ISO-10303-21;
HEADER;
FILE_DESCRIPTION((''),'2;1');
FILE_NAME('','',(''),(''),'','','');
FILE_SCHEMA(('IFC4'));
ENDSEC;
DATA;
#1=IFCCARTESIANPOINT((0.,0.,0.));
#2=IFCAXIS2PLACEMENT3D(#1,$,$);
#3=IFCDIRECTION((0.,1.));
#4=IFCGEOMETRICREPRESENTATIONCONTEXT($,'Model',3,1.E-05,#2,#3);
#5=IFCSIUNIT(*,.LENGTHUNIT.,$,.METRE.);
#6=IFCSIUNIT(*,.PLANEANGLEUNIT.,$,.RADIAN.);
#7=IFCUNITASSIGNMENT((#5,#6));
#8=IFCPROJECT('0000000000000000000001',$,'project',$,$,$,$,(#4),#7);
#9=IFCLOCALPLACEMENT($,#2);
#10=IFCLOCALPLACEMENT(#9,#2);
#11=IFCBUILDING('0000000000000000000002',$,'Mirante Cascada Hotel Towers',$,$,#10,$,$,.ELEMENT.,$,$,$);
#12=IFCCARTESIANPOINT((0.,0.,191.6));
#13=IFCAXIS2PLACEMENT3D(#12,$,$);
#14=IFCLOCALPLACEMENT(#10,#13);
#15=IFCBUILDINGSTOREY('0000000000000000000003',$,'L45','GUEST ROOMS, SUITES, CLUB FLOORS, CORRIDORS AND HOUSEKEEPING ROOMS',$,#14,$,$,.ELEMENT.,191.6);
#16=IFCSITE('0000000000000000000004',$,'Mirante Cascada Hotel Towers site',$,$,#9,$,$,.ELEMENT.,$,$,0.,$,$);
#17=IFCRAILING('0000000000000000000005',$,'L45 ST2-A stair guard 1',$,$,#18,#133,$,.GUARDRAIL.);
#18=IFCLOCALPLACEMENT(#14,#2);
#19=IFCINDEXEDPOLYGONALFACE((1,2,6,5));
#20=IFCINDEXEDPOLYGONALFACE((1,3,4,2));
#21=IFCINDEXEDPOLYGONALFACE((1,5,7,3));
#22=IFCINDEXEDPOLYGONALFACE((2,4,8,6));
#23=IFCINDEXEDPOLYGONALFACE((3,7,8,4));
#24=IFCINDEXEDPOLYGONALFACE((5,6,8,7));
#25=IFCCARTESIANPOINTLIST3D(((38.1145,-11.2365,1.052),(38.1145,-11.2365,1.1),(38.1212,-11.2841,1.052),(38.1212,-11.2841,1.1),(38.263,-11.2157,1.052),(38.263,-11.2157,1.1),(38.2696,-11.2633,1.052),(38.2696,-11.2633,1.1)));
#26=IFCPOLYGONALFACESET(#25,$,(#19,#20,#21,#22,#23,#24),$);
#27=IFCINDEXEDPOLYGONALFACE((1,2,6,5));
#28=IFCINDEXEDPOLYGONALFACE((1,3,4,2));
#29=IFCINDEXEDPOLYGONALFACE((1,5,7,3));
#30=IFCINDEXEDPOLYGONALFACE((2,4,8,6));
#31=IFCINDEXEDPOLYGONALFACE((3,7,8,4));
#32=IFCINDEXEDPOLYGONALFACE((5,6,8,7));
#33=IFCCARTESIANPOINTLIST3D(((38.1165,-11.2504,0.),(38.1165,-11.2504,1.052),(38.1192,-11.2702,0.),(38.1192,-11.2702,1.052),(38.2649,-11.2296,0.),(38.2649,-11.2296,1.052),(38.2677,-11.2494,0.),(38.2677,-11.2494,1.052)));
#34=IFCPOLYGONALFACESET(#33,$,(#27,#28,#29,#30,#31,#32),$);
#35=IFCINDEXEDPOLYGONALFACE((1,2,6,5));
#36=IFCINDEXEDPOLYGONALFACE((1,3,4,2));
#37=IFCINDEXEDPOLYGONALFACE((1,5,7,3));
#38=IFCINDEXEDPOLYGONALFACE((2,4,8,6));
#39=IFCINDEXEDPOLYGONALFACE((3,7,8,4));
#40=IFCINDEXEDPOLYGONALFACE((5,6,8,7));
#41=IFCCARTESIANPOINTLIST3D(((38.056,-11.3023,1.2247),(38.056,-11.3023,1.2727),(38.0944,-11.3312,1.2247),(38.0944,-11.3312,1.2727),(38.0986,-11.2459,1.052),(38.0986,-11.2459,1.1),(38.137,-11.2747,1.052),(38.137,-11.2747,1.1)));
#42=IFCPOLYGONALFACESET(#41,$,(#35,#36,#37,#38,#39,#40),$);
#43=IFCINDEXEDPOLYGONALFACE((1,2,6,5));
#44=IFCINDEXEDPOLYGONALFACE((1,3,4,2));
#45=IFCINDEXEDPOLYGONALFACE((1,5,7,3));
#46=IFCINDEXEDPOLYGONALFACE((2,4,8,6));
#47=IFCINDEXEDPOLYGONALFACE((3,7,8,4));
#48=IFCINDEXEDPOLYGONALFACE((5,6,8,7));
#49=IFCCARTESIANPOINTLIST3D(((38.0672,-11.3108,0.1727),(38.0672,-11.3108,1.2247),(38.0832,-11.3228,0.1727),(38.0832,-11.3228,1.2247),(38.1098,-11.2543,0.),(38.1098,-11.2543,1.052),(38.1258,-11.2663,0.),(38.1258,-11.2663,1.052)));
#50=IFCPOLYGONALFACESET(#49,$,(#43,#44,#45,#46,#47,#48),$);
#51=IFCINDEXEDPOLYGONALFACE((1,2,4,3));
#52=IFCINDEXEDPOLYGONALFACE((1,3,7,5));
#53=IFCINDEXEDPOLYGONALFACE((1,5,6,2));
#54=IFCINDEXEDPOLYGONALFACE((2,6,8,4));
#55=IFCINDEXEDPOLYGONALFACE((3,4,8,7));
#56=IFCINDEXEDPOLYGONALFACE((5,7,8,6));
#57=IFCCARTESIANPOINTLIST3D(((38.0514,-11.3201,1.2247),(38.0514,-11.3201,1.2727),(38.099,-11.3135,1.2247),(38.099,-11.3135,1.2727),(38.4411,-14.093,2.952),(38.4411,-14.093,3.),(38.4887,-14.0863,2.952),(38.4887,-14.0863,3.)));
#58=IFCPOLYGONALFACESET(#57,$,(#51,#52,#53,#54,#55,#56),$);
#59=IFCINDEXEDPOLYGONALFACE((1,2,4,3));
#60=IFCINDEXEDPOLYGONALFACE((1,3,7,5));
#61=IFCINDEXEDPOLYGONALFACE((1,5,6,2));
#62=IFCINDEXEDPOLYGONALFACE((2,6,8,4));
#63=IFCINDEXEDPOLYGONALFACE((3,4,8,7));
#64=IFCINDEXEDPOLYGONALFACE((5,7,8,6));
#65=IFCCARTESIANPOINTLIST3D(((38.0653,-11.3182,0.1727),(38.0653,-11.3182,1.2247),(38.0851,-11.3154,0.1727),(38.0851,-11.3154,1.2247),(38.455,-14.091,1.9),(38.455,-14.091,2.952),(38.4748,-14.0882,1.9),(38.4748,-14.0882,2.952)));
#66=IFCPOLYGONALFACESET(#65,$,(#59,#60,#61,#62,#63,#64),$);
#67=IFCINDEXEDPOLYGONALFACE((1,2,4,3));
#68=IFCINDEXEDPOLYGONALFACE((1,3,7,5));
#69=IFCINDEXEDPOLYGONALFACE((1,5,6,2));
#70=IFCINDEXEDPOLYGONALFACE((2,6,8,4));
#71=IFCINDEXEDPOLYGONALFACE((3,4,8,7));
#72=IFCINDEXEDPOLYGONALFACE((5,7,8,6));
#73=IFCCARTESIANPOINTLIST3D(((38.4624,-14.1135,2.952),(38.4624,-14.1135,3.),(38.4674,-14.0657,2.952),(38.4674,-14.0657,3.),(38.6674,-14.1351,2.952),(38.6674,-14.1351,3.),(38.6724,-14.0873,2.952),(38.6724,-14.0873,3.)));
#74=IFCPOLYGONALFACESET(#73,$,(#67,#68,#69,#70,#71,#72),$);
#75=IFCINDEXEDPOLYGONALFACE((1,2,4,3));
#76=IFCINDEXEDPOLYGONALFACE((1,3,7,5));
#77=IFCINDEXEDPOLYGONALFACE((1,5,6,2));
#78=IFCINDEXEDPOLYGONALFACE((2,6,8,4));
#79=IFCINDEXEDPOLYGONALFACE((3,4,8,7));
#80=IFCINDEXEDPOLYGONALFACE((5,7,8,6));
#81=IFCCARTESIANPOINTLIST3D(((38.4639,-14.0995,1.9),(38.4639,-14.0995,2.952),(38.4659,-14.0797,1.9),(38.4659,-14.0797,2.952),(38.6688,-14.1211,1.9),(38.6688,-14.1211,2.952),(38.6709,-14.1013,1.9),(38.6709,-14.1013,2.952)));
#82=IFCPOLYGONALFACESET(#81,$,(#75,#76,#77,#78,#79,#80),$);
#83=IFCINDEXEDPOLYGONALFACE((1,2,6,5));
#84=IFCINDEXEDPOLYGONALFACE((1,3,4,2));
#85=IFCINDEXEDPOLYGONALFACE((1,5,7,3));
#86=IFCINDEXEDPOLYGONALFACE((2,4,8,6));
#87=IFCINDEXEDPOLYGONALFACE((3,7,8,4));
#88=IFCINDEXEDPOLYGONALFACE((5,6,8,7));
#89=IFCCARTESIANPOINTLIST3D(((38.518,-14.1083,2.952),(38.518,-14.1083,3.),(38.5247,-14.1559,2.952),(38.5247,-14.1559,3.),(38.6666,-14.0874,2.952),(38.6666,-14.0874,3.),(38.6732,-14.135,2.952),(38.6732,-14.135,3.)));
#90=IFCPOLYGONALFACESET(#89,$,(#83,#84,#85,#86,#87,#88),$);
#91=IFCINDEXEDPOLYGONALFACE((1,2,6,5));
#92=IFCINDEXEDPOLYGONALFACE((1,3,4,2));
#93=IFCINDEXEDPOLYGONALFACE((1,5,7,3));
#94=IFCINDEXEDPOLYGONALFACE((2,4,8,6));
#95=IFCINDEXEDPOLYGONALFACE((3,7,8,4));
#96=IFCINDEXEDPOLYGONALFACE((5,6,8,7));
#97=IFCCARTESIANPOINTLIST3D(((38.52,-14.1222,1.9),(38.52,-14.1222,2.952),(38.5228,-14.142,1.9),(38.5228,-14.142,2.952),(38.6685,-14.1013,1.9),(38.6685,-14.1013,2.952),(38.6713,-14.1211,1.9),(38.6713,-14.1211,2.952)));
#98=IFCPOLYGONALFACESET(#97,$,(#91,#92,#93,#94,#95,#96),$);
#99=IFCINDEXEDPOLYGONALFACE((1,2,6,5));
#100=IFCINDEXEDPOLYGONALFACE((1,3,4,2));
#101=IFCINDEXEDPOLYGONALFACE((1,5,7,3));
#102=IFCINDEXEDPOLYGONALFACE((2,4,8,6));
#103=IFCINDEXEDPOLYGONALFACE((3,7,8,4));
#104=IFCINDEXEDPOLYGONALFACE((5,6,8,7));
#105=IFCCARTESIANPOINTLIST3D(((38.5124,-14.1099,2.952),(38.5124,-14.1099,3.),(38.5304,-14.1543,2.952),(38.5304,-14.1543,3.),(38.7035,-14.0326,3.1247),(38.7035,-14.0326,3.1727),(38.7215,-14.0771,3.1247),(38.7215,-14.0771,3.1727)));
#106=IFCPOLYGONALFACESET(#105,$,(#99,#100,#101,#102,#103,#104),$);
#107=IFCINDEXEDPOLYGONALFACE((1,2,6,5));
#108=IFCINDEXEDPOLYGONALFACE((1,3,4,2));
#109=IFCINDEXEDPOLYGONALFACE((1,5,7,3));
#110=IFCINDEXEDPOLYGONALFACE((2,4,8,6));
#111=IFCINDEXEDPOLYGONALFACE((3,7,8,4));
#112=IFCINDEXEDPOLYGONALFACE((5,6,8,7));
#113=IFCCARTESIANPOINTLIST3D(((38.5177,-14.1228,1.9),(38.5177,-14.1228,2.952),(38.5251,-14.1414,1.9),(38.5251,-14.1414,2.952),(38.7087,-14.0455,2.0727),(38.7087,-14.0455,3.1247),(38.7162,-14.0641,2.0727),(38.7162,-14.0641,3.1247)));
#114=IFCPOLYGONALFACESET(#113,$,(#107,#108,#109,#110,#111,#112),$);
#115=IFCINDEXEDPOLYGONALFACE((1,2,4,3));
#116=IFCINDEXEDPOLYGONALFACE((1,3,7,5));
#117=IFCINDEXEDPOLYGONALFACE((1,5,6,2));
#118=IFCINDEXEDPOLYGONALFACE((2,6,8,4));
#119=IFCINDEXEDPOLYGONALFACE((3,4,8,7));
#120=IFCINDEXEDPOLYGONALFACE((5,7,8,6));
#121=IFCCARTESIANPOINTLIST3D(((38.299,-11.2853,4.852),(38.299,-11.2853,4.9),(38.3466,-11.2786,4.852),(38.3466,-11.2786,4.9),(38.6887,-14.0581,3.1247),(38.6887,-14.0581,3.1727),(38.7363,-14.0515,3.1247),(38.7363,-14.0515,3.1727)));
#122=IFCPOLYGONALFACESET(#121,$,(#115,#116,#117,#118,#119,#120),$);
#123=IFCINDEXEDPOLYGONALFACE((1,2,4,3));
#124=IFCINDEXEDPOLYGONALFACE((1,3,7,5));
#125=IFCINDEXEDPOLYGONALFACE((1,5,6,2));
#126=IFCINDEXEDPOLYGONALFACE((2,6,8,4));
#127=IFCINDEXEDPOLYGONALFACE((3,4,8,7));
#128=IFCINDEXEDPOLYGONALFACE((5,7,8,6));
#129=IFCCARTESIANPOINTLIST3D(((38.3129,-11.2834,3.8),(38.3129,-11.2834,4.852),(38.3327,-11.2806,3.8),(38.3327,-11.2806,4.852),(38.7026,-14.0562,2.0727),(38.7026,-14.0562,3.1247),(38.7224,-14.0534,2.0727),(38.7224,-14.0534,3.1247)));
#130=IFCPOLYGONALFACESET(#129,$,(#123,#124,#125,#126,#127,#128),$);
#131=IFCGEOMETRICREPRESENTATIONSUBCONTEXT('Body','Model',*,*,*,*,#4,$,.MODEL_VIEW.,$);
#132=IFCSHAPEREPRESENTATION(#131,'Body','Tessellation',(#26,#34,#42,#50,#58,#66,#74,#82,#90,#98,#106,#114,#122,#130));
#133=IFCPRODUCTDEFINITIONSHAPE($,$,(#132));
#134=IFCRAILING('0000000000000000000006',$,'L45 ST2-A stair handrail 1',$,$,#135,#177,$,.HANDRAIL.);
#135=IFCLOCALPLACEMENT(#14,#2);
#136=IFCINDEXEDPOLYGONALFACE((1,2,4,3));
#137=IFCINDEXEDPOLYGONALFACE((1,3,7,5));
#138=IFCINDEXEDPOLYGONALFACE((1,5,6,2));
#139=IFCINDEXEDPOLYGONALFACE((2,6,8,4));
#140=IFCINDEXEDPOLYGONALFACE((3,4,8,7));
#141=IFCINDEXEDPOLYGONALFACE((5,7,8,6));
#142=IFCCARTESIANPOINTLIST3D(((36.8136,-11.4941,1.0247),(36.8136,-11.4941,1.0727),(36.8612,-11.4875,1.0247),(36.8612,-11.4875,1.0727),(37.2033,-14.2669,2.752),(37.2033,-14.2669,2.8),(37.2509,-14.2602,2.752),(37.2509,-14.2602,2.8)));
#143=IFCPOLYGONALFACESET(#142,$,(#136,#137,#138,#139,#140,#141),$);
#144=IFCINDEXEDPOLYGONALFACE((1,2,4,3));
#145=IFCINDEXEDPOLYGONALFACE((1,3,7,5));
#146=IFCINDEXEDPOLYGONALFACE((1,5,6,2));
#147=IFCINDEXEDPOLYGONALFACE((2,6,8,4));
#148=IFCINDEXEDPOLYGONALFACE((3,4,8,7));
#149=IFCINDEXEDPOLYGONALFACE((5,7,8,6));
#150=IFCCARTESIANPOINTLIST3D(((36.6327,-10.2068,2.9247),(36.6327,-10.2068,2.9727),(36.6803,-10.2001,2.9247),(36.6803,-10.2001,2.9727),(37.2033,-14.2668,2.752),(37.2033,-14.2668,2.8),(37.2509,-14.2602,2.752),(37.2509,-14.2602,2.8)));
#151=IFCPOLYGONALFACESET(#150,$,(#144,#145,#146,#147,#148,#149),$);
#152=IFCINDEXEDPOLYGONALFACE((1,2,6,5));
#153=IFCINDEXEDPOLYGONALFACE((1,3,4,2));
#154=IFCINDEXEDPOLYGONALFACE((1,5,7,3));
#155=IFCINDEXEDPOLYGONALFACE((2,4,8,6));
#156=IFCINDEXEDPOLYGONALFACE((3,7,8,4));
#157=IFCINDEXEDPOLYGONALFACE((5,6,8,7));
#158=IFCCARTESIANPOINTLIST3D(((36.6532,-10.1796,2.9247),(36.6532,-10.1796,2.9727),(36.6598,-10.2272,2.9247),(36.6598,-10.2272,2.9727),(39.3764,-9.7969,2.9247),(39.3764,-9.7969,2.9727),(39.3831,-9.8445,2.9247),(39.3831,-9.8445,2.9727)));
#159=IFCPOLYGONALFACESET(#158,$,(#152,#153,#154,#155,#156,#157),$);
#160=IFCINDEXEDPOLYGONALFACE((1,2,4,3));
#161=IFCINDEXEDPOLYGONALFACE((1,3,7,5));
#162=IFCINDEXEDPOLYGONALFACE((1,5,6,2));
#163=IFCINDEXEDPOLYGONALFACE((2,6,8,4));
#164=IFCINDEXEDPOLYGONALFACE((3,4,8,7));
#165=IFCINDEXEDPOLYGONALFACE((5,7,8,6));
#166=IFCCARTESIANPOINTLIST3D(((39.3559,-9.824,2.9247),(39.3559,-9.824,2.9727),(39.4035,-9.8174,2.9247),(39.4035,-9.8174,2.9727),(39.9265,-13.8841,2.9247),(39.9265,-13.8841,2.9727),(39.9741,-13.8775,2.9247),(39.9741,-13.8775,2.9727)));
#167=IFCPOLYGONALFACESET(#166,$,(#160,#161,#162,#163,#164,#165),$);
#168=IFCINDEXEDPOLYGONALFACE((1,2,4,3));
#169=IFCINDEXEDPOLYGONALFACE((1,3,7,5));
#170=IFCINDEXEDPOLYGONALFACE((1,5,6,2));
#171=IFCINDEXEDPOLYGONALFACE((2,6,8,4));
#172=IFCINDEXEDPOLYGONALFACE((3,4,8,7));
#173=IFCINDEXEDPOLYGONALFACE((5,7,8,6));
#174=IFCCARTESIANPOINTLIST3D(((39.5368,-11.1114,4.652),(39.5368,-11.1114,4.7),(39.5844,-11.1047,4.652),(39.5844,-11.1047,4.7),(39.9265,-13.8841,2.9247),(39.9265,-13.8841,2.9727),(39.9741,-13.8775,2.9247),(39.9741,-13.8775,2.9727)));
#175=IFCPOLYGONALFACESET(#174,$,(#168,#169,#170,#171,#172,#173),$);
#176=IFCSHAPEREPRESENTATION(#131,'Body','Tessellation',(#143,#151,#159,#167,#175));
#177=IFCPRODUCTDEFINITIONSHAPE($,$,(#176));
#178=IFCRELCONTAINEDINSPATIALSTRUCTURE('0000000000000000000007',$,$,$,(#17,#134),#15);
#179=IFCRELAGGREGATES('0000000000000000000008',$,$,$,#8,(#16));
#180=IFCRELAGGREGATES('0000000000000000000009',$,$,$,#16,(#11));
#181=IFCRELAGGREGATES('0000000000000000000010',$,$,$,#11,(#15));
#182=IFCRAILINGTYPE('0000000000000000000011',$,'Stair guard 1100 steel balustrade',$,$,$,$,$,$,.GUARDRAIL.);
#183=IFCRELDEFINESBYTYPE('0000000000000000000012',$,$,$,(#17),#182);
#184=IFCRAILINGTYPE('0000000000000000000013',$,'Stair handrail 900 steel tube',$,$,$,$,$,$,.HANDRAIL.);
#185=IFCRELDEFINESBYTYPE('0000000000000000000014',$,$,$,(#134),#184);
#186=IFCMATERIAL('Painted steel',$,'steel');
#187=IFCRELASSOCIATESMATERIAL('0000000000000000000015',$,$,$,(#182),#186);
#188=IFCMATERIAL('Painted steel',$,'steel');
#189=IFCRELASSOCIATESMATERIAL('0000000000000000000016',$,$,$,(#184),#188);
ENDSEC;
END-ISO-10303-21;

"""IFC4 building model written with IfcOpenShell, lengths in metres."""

from ifc_helpers import new_model, si_unit, direction, frame, origin, origin_2d, place, context, subcontext, project, spatial, rectangle, extrude, material, type_object, element, save


model = new_model("IFC4")

# Units and contexts
model_context = context("Model", 3, precision=1e-05, world=origin(), true_north=direction((0.0, 1.0)))
body_context = subcontext(model_context, "Body", "Model", "MODEL_VIEW")
ifc_project = project(units=[si_unit("LENGTHUNIT", "METRE"), si_unit("PLANEANGLEUNIT", "RADIAN")], contexts=[model_context])

# Site, building, storey
site_placement = place(None, origin())
site = spatial("IfcSite", under=ifc_project, at=site_placement, Name="Mirante Cascada Hotel Towers site", CompositionType="ELEMENT", RefElevation=0.0)
building_placement = place(site_placement, origin())
building = spatial("IfcBuilding", under=site, at=building_placement, Name="Mirante Cascada Hotel Towers", CompositionType="ELEMENT")
storey_placement = place(building_placement, frame((0.0, 0.0, 191.6)))
storey = spatial("IfcBuildingStorey", under=building, at=storey_placement, Name="L45", Description="GUEST ROOMS, SUITES, CLUB FLOORS, CORRIDORS AND HOUSEKEEPING ROOMS", CompositionType="ELEMENT", Elevation=191.6)

# Railings
ifc_material_1 = material(Name="Painted steel", Category="steel")
railing_type_1 = type_object("IfcRailingType", Name="Stair guard 1100 steel balustrade", PredefinedType="GUARDRAIL", material=ifc_material_1)
railing_1_placement = place(storey_placement, frame((38.2663, -11.2395, 0.0)))
element("IfcRailing", 1, at=railing_1_placement, inside=storey, type_object=railing_type_1, Name="L45 ST2-A stair guard 1", PredefinedType="GUARDRAIL", context=body_context, shape_type="SweptSolid", body=[
    extrude(rectangle(XDim=0.048, YDim=0.048, at=origin_2d()), frame((0.0, 0.0, 1.076), z_axis=(-0.990333, -0.138713, 0.0), x_axis=(0.138713, -0.990333, 0.0)), (0.0, 0.0, 1.0), 0.1499),
    extrude(rectangle(XDim=0.02, YDim=1.052, at=origin_2d()), frame((0.0, 0.0, 0.526), z_axis=(-0.990333, -0.138713, 0.0), x_axis=(0.138713, -0.990333, 0.0)), (0.0, 0.0, 1.0), 0.1499),
    extrude(rectangle(XDim=0.048, YDim=0.048, at=origin_2d()), frame((-0.1485, -0.0208, 1.076), z_axis=(-0.602033, -0.798471, 0.0), x_axis=(0.798471, -0.602033, 0.0)), (0.0, 0.92534, 0.379139), 0.1866),
    extrude(rectangle(XDim=0.02, YDim=1.052, at=origin_2d()), frame((-0.1485, -0.0208, 0.526), z_axis=(-0.602033, -0.798471, 0.0), x_axis=(0.798471, -0.602033, 0.0)), (0.0, 0.92534, 0.379139), 0.1866),
    extrude(rectangle(XDim=0.048, YDim=0.048, at=origin_2d()), frame((-0.1911, -0.0773, 1.2487), z_axis=(0.139176, -0.990268, 0.0), x_axis=(0.990268, 0.139176, 0.0)), (0.0, 0.525021, 0.851089), 3.29),
    extrude(rectangle(XDim=0.02, YDim=1.052, at=origin_2d()), frame((-0.1911, -0.0773, 0.6987), z_axis=(0.139176, -0.990268, 0.0), x_axis=(0.990268, 0.139176, 0.0)), (0.0, 0.525021, 0.851089), 3.29),
    extrude(rectangle(XDim=0.048, YDim=0.048, at=origin_2d()), frame((0.1986, -2.8501, 2.976), z_axis=(0.994495, -0.104786, 0.0), x_axis=(0.104786, 0.994495, 0.0)), (0.0, 0.0, 1.0), 0.2061),
    extrude(rectangle(XDim=0.02, YDim=1.052, at=origin_2d()), frame((0.1986, -2.8501, 2.426), z_axis=(0.994495, -0.104786, 0.0), x_axis=(0.104786, 0.994495, 0.0)), (0.0, 0.0, 1.0), 0.2061),
    extrude(rectangle(XDim=0.048, YDim=0.048, at=origin_2d()), frame((0.4036, -2.8717, 2.976), z_axis=(-0.990241, -0.139367, 0.0), x_axis=(0.139367, -0.990241, 0.0)), (0.0, 0.0, 1.0), 0.15),
    extrude(rectangle(XDim=0.02, YDim=1.052, at=origin_2d()), frame((0.4036, -2.8717, 2.426), z_axis=(-0.990241, -0.139367, 0.0), x_axis=(0.139367, -0.990241, 0.0)), (0.0, 0.0, 1.0), 0.15),
    extrude(rectangle(XDim=0.048, YDim=0.048, at=origin_2d()), frame((0.2551, -2.8926, 2.976), z_axis=(0.927031, 0.374984, 0.0), x_axis=(-0.374984, 0.927031, 0.0)), (0.0, 0.64219, 0.766545), 0.2689),
    extrude(rectangle(XDim=0.02, YDim=1.052, at=origin_2d()), frame((0.2551, -2.8926, 2.426), z_axis=(0.927031, 0.374984, 0.0), x_axis=(-0.374984, 0.927031, 0.0)), (0.0, 0.64219, 0.766545), 0.2689),
    extrude(rectangle(XDim=0.048, YDim=0.048, at=origin_2d()), frame((0.4462, -2.8153, 3.1487), z_axis=(-0.139176, 0.990268, 0.0), x_axis=(-0.990268, -0.139176, 0.0)), (0.0, 0.525021, 0.851089), 3.29),
    extrude(rectangle(XDim=0.02, YDim=1.052, at=origin_2d()), frame((0.4462, -2.8153, 2.5987), z_axis=(-0.139176, 0.990268, 0.0), x_axis=(-0.990268, -0.139176, 0.0)), (0.0, 0.525021, 0.851089), 3.29),
])
ifc_material_2 = material(Name="Painted steel", Category="steel")
railing_type_2 = type_object("IfcRailingType", Name="Stair handrail 900 steel tube", PredefinedType="HANDRAIL", material=ifc_material_2)
railing_2_placement = place(storey_placement, frame((36.8374, -11.4908, 0.1727)))
element("IfcRailing", 2, at=railing_2_placement, inside=storey, type_object=railing_type_2, Name="L45 ST2-A stair handrail 1", PredefinedType="HANDRAIL", context=body_context, shape_type="SweptSolid", body=[
    extrude(rectangle(XDim=0.048, YDim=0.048, at=origin_2d()), frame((0.0, 0.0, 0.876), z_axis=(0.139181, -0.990267, 0.0), x_axis=(0.990267, 0.139181, 0.0)), (0.0, 0.525035, 0.851081), 3.2899),
    extrude(rectangle(XDim=0.048, YDim=0.048, at=origin_2d()), frame((0.3897, -2.7727, 2.6033), z_axis=(-0.139171, 0.990268, 0.0), x_axis=(-0.990268, -0.139171, 0.0)), (0.0, 0.042085, 0.999114), 4.1036),
    extrude(rectangle(XDim=0.048, YDim=0.048, at=origin_2d()), frame((-0.1809, 1.2874, 2.776), z_axis=(0.990269, 0.139166, 0.0), x_axis=(-0.139166, 0.990269, 0.0)), (0.0, 0.0, 1.0), 2.75),
    extrude(rectangle(XDim=0.048, YDim=0.048, at=origin_2d()), frame((2.5423, 1.6701, 2.776), z_axis=(0.139171, -0.990268, 0.0), x_axis=(0.990268, 0.139171, 0.0)), (0.0, 0.0, 1.0), 4.1),
    extrude(rectangle(XDim=0.048, YDim=0.048, at=origin_2d()), frame((3.1129, -2.39, 2.776), z_axis=(-0.139181, 0.990267, 0.0), x_axis=(-0.990267, -0.139181, 0.0)), (0.0, 0.525035, 0.851081), 3.2899),
])

save(model, "model.ifc")
